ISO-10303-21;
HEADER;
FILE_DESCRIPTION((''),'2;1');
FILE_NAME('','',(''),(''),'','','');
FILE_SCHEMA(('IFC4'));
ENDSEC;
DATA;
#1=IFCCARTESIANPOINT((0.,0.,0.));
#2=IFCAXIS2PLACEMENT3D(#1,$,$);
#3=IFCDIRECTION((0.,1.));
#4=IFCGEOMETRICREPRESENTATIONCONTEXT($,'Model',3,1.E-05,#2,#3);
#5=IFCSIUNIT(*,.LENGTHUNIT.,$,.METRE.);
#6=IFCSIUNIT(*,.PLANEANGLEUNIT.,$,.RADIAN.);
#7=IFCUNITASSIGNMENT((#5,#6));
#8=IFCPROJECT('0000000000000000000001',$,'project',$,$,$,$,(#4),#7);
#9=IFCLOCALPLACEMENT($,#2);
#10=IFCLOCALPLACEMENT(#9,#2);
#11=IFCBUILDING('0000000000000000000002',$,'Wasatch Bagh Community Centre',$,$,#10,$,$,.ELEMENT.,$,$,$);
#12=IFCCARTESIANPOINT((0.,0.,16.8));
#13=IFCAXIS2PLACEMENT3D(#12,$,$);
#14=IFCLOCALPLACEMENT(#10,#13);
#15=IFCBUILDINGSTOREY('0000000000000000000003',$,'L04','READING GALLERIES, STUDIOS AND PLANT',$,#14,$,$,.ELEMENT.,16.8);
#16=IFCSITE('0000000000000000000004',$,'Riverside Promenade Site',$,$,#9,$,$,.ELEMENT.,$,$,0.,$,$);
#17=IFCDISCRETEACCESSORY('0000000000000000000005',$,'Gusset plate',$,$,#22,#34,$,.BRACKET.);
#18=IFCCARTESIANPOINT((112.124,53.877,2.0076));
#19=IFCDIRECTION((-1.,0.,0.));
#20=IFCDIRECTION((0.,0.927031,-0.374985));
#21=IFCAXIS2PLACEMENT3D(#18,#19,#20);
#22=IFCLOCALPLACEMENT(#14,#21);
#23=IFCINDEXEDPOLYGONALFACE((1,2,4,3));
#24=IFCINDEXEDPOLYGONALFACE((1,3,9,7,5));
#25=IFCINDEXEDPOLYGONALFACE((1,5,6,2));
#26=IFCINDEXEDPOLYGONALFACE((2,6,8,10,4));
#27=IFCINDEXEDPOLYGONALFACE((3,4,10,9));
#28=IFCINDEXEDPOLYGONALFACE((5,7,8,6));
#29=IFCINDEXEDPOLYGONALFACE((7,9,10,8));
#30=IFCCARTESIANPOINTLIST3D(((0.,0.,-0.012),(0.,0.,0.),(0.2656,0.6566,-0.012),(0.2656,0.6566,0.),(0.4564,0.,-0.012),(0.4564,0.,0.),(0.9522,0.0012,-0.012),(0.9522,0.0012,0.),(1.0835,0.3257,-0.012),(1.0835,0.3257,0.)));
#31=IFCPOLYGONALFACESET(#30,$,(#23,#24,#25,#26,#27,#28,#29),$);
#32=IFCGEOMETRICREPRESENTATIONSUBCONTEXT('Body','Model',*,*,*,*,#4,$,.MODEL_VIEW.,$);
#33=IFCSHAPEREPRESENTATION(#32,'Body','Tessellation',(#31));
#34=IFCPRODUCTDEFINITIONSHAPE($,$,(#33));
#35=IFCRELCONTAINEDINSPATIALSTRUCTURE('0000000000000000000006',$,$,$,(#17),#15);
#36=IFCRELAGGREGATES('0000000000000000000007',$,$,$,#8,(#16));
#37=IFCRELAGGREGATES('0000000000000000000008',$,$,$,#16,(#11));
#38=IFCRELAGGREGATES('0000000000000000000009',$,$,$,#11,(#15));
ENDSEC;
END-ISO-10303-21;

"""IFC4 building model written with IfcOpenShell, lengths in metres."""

from ifc_helpers import new_model, si_unit, direction, frame, origin, place, context, subcontext, project, spatial, polyline, outline, extrude, element, save


model = new_model("IFC4")

# Units and contexts
model_context = context("Model", 3, precision=1e-05, world=origin(), true_north=direction((0.0, 1.0)))
body_context = subcontext(model_context, "Body", "Model", "MODEL_VIEW")
ifc_project = project(units=[si_unit("LENGTHUNIT", "METRE"), si_unit("PLANEANGLEUNIT", "RADIAN")], contexts=[model_context])

# Site, building, storey
site_placement = place(None, origin())
site = spatial("IfcSite", under=ifc_project, at=site_placement, Name="Riverside Promenade Site", CompositionType="ELEMENT", RefElevation=0.0)
building_placement = place(site_placement, origin())
building = spatial("IfcBuilding", under=site, at=building_placement, Name="Wasatch Bagh Community Centre", CompositionType="ELEMENT")
storey_placement = place(building_placement, frame((0.0, 0.0, 16.8)))
storey = spatial("IfcBuildingStorey", under=building, at=storey_placement, Name="L04", Description="READING GALLERIES, STUDIOS AND PLANT", CompositionType="ELEMENT", Elevation=16.8)

# Discrete accessory
discrete_accessory_placement = place(storey_placement, frame((112.124, 53.877, 2.0076), z_axis=(-1.0, 0.0, 0.0), x_axis=(0.0, 0.927031, -0.374985)))
element("IfcDiscreteAccessory", 1, at=discrete_accessory_placement, inside=storey, Name="Gusset plate", PredefinedType="BRACKET", context=body_context, shape_type="SweptSolid", body=[
    extrude(outline(polyline([(0.0, 0.0), (0.4564, 0.0), (0.9522, 0.0012), (1.0835, 0.3257), (0.2656, 0.6566), (0.0, 0.0)])), origin(), (0.0, 0.0, -1.0), 0.012),
])

save(model, "model.ifc")
